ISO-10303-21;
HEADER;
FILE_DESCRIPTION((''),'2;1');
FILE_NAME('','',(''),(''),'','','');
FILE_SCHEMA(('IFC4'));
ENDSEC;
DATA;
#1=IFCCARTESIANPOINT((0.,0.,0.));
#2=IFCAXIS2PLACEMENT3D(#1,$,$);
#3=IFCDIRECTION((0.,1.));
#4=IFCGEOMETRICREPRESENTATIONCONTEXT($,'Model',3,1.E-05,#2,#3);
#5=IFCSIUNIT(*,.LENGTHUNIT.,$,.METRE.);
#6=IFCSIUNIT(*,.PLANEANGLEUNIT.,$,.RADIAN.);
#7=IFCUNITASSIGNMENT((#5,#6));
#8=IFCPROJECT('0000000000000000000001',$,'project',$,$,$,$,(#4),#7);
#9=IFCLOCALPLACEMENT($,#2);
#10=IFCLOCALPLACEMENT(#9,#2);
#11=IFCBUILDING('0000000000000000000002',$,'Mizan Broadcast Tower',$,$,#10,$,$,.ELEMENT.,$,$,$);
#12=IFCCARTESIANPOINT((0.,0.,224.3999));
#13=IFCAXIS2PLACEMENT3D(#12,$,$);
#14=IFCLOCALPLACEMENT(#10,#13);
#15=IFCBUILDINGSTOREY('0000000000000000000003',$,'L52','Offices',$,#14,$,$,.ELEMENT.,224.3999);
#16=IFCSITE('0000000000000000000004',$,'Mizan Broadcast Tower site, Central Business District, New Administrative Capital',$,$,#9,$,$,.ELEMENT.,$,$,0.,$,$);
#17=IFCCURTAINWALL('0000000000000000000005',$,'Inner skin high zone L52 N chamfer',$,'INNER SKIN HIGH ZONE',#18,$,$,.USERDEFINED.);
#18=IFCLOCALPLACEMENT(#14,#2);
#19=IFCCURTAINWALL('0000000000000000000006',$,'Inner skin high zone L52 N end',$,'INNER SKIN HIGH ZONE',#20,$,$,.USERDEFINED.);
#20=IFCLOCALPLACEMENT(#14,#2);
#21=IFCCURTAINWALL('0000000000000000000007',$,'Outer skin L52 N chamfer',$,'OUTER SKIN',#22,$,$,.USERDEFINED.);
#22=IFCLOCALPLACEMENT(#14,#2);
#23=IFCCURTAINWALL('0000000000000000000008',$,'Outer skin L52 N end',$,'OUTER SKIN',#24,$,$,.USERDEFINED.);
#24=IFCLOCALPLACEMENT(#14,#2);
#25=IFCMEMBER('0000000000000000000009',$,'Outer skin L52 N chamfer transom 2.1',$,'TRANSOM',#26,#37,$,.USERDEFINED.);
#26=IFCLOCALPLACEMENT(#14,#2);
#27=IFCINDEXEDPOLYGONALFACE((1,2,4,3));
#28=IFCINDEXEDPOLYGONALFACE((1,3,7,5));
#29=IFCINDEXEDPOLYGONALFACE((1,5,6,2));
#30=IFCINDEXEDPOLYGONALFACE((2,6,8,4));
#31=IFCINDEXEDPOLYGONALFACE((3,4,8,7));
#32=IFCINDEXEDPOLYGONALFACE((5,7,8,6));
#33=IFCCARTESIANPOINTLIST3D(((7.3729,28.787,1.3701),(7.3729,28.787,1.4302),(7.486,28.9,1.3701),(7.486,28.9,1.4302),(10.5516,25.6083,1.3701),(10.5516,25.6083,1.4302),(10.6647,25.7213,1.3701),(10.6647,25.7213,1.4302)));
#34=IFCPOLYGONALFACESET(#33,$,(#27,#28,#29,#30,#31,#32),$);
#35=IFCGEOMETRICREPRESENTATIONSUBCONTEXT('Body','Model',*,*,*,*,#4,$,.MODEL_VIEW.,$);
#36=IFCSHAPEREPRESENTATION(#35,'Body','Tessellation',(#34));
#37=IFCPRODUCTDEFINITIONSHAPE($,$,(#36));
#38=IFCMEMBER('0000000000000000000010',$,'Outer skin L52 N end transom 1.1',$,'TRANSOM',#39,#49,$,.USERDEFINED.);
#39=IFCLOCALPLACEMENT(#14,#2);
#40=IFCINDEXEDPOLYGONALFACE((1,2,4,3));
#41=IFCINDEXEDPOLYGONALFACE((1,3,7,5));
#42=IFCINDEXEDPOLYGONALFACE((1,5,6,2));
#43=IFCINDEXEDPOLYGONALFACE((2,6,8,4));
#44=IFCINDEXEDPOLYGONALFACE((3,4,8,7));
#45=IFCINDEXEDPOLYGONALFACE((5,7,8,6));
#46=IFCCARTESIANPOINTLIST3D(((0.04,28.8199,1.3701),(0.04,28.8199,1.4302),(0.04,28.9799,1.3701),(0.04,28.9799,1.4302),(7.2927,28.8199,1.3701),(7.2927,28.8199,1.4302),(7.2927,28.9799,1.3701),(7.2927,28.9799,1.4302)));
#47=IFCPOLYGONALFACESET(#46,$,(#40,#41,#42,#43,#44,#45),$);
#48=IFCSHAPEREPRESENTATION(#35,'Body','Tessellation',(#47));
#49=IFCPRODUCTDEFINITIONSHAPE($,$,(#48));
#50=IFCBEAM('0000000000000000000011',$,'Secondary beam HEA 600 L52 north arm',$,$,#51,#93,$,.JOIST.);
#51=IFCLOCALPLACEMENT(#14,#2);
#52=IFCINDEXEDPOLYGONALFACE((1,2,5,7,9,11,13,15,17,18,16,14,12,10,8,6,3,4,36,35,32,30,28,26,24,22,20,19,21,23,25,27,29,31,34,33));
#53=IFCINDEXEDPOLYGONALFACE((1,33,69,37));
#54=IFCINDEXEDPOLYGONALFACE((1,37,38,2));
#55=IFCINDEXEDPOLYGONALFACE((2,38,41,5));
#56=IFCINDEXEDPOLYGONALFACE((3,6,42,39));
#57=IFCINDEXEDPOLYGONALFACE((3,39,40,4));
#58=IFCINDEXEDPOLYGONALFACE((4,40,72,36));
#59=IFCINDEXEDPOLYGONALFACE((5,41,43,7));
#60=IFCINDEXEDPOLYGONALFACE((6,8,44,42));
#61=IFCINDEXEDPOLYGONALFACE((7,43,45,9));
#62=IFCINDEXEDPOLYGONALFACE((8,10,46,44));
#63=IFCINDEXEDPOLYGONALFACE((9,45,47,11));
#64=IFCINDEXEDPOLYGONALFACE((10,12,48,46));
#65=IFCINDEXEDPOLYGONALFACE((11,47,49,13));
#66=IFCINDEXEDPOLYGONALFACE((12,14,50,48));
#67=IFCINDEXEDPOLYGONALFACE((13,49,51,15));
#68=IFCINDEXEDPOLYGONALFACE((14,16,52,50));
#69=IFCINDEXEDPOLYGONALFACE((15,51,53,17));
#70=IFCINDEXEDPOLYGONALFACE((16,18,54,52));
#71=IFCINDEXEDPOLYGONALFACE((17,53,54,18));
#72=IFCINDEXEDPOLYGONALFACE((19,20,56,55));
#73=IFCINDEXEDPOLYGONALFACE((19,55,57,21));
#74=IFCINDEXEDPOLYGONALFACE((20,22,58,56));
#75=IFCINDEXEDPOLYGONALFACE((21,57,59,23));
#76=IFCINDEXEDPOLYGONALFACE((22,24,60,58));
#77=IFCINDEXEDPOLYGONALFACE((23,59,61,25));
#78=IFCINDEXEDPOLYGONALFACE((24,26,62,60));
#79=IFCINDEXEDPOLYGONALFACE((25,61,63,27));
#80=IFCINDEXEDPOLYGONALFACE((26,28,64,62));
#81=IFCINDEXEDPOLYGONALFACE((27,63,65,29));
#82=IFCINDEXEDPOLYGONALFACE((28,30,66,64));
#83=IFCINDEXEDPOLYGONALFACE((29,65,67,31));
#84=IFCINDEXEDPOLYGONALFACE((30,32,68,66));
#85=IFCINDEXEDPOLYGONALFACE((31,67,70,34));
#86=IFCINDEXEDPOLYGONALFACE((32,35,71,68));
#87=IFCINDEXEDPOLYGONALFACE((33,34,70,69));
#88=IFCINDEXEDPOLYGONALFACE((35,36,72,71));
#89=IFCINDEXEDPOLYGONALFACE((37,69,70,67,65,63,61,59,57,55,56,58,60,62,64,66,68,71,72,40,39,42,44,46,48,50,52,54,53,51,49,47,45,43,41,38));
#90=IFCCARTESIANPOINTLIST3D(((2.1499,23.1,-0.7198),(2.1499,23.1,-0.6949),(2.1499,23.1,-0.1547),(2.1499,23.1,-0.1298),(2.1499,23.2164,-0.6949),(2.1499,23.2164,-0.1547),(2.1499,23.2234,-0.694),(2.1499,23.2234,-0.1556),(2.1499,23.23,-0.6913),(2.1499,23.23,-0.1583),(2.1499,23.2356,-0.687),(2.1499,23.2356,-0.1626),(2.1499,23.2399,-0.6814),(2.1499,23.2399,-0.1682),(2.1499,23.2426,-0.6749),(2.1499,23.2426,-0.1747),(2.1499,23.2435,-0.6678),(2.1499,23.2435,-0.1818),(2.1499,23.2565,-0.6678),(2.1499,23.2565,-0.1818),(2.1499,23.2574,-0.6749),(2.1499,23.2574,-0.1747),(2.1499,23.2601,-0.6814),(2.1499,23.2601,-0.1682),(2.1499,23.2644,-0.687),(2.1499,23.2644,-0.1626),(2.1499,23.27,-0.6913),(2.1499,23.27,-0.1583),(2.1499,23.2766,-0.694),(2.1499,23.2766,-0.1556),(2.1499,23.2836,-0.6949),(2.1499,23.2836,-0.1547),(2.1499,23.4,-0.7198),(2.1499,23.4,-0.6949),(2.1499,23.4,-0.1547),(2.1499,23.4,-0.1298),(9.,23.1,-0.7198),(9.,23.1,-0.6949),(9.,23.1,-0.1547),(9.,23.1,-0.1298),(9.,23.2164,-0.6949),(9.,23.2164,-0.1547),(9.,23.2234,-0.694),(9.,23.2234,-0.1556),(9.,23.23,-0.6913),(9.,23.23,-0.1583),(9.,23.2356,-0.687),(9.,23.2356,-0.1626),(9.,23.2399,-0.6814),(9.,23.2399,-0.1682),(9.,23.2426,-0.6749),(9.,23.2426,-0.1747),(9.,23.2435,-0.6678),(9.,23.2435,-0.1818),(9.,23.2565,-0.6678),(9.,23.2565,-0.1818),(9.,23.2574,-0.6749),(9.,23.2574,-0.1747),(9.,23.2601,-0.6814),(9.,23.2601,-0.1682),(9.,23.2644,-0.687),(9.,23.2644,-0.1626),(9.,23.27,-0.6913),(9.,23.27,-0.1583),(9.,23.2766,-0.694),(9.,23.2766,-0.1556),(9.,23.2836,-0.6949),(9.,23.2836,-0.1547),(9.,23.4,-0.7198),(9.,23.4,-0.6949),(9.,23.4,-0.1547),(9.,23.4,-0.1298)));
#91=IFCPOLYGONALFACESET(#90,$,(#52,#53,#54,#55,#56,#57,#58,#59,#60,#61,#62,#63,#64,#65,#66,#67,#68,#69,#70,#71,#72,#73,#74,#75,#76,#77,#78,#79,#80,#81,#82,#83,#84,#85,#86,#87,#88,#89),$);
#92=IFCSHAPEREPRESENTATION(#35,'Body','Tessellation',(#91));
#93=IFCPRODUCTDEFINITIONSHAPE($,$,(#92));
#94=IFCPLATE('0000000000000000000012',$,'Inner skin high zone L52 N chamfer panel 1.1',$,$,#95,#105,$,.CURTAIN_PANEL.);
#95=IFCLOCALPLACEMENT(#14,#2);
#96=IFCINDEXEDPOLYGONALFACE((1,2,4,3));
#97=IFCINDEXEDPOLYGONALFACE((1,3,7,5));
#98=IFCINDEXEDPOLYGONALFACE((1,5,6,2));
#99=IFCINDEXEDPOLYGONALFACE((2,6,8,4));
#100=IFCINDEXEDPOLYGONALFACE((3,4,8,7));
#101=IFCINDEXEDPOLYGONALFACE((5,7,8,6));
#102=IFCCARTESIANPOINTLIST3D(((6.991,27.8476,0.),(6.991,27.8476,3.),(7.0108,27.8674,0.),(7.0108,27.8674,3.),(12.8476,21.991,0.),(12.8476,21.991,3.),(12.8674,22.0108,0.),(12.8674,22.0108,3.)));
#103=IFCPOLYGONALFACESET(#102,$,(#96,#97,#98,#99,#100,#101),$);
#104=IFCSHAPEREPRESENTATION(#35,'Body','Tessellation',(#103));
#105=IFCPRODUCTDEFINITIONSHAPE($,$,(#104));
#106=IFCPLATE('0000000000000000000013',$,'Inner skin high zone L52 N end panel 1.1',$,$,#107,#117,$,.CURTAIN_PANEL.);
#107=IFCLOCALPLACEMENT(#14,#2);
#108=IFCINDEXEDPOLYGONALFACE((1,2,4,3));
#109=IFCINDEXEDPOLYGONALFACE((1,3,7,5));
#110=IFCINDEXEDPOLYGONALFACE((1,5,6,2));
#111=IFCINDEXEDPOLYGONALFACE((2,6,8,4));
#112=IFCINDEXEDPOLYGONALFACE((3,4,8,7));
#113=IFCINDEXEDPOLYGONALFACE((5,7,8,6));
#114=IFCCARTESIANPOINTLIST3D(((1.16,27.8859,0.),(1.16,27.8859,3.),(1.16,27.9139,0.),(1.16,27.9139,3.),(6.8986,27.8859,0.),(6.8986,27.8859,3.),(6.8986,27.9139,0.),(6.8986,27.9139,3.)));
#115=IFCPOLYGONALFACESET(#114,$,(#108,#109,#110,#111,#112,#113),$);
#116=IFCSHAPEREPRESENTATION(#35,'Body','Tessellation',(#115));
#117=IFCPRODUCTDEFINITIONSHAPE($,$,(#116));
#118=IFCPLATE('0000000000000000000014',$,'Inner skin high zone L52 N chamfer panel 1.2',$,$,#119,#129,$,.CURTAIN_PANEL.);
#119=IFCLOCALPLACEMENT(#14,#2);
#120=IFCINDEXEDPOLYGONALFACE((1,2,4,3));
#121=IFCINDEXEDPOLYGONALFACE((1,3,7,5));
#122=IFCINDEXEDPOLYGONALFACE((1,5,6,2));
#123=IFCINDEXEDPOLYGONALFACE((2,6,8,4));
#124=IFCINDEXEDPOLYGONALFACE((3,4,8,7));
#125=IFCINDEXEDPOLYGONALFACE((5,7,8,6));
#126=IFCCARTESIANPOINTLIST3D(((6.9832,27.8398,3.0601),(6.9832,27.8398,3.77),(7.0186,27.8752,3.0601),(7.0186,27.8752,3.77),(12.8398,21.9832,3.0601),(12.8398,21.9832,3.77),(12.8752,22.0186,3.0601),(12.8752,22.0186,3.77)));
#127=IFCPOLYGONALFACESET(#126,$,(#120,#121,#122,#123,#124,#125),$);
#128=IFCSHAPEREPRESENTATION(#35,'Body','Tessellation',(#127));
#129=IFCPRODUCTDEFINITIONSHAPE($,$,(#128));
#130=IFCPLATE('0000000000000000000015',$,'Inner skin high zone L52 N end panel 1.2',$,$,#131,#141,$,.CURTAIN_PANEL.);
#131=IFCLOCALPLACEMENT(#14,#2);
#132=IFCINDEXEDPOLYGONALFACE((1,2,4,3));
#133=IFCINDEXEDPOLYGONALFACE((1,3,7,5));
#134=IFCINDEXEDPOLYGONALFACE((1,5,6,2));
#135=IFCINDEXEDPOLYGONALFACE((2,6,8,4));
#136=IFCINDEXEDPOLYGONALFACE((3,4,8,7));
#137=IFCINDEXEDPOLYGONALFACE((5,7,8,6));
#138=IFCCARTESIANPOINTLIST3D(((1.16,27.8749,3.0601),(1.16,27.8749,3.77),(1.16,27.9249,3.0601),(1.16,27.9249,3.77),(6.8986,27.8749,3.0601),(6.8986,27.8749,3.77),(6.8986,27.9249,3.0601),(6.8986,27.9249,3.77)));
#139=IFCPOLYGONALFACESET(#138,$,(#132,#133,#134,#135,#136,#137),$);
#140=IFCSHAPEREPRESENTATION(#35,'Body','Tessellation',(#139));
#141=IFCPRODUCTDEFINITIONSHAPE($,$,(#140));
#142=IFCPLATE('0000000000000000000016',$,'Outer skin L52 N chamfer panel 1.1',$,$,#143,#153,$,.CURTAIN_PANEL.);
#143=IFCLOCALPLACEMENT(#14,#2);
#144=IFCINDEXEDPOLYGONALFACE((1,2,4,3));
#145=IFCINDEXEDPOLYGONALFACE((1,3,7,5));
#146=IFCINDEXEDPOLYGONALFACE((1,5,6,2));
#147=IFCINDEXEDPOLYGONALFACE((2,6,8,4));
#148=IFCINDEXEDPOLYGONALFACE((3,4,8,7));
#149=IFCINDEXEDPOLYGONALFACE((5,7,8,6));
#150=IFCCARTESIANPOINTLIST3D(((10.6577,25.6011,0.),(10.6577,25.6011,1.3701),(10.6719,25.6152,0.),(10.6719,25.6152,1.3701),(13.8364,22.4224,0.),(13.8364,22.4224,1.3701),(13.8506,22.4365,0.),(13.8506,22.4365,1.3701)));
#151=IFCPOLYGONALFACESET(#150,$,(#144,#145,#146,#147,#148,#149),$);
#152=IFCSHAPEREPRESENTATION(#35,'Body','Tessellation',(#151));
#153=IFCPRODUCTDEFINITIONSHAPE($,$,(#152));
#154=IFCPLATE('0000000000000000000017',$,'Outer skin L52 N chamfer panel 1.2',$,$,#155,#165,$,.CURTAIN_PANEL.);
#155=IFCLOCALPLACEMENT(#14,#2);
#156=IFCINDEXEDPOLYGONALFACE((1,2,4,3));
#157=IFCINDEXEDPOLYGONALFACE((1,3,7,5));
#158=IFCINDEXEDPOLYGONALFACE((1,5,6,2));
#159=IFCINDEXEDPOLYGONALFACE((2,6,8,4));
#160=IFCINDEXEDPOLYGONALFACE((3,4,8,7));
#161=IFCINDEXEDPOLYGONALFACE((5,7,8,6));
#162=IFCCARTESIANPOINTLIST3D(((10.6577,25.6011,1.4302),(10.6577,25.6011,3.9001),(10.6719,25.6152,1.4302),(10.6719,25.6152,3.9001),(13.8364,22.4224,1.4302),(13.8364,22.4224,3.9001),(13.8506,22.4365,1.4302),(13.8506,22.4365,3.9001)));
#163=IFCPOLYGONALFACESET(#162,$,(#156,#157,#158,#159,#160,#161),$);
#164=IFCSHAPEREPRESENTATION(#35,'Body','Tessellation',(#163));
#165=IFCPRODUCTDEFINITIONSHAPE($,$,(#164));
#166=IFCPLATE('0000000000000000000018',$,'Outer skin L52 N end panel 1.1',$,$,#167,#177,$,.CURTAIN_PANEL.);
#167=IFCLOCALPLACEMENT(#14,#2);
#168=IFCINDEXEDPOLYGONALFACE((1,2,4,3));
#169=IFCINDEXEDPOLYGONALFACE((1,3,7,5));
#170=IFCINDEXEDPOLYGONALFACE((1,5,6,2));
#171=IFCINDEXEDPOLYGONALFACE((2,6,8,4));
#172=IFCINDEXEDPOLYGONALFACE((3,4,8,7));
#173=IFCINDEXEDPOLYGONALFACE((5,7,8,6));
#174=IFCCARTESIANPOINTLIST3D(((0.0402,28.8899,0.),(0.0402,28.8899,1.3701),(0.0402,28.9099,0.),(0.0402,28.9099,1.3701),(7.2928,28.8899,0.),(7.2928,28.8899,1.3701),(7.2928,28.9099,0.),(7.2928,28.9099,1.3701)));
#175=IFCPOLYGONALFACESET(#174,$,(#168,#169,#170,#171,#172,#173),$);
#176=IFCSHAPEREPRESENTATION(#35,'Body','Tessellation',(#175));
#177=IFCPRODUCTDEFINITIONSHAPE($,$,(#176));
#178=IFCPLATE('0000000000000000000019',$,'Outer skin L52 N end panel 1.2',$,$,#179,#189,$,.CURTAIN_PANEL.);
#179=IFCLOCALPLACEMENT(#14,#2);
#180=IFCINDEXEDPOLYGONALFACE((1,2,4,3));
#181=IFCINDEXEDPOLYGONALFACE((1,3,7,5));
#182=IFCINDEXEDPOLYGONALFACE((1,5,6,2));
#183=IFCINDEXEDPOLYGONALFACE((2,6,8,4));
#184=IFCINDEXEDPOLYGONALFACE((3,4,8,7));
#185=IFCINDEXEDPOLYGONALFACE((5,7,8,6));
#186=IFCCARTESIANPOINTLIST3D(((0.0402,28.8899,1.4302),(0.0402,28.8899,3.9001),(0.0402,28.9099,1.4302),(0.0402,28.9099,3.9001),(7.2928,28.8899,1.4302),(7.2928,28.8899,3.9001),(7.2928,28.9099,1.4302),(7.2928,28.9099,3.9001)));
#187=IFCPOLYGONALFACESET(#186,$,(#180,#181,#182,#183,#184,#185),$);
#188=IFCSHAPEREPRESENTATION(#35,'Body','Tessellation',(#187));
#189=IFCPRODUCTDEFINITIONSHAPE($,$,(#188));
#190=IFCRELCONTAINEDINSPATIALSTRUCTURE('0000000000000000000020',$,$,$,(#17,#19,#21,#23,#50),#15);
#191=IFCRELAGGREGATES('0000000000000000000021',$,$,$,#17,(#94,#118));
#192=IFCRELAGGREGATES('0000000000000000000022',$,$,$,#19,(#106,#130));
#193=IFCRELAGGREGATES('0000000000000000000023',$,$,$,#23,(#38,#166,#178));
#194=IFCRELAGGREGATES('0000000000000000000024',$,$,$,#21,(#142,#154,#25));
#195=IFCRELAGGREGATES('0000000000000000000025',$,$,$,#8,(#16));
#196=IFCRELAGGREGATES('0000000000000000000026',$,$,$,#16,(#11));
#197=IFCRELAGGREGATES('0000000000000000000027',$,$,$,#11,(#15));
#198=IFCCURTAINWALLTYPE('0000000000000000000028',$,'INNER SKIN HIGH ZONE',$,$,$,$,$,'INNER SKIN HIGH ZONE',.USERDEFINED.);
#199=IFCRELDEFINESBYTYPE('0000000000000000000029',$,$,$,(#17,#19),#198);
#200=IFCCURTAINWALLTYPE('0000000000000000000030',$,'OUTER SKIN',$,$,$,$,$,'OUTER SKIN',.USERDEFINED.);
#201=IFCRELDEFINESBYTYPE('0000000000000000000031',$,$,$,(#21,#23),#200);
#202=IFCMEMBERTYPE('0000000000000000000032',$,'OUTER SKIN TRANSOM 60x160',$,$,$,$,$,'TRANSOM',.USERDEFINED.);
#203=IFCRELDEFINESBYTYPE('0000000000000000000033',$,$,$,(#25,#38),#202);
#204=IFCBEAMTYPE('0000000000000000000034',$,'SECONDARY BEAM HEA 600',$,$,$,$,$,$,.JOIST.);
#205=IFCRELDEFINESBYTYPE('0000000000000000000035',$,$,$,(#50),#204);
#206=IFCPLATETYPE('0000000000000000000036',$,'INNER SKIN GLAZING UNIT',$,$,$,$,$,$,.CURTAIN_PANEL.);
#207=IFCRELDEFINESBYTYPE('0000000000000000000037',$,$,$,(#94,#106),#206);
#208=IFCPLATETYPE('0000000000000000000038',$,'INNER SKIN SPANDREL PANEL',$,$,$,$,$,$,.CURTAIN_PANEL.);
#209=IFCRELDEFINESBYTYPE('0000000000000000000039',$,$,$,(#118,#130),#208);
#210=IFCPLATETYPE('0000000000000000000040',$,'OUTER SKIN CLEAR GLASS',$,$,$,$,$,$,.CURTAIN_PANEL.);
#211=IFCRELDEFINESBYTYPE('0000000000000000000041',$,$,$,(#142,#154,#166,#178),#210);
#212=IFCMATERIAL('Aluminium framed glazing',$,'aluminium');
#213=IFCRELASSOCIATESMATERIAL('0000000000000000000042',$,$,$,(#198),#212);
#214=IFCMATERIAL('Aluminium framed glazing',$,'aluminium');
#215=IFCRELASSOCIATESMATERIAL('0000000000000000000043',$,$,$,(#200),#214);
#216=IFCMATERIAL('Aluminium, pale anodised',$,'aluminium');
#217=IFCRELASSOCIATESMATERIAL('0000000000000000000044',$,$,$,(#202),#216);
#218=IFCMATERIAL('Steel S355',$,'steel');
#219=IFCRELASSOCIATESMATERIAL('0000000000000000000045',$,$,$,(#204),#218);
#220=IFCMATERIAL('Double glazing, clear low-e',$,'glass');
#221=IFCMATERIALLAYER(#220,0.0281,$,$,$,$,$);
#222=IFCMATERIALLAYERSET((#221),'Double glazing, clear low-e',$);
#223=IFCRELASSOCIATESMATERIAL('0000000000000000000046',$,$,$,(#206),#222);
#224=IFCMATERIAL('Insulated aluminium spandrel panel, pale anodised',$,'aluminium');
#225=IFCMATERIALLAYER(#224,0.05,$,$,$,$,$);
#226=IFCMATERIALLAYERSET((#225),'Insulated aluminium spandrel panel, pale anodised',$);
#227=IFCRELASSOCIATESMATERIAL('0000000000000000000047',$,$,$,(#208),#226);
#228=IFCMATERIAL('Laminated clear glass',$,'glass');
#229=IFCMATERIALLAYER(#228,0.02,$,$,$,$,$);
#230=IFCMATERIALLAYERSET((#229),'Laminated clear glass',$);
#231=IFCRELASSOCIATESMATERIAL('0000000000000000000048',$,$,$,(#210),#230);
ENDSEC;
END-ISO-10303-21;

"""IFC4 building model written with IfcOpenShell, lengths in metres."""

from ifc_helpers import new_model, si_unit, direction, frame, origin, origin_2d, place, context, subcontext, project, spatial, rectangle, i_section, extrude, material, layer, layer_set, material_profile, profile_set, type_object, element, aggregate, save


model = new_model("IFC4")

# Units and contexts
model_context = context("Model", 3, precision=1e-05, world=origin(), true_north=direction((0.0, 1.0)))
body_context = subcontext(model_context, "Body", "Model", "MODEL_VIEW")
ifc_project = project(units=[si_unit("LENGTHUNIT", "METRE"), si_unit("PLANEANGLEUNIT", "RADIAN")], contexts=[model_context])

# Site, building, storey
site_placement = place(None, origin())
site = spatial("IfcSite", under=ifc_project, at=site_placement, Name="Mizan Broadcast Tower site, Central Business District, New Administrative Capital", CompositionType="ELEMENT", RefElevation=0.0)
building_placement = place(site_placement, origin())
building = spatial("IfcBuilding", under=site, at=building_placement, Name="Mizan Broadcast Tower", CompositionType="ELEMENT")
storey_placement = place(building_placement, frame((0.0, 0.0, 224.3999)))
storey = spatial("IfcBuildingStorey", under=building, at=storey_placement, Name="L52", Description="Offices", CompositionType="ELEMENT", Elevation=224.3999)

# Curtain walls
ifc_material_1 = material(Name="Aluminium framed glazing", Category="aluminium")
curtain_wall_type_1 = type_object("IfcCurtainWallType", Name="INNER SKIN HIGH ZONE", ElementType="INNER SKIN HIGH ZONE", PredefinedType="USERDEFINED", material=ifc_material_1)
curtain_wall_1_placement = place(storey_placement, origin())
curtain_wall_1 = element("IfcCurtainWall", 1, at=curtain_wall_1_placement, inside=storey, type_object=curtain_wall_type_1, Name="Inner skin high zone L52 N chamfer", ObjectType="INNER SKIN HIGH ZONE", PredefinedType="USERDEFINED")
curtain_wall_2_placement = place(storey_placement, origin())
curtain_wall_2 = element("IfcCurtainWall", 2, at=curtain_wall_2_placement, inside=storey, type_object=curtain_wall_type_1, Name="Inner skin high zone L52 N end", ObjectType="INNER SKIN HIGH ZONE", PredefinedType="USERDEFINED")

# Curtain wall
ifc_material_2 = material(Name="Aluminium framed glazing", Category="aluminium")
curtain_wall_type_2 = type_object("IfcCurtainWallType", Name="OUTER SKIN", ElementType="OUTER SKIN", PredefinedType="USERDEFINED", material=ifc_material_2)
curtain_wall_3_placement = place(storey_placement, origin())
curtain_wall_3 = element("IfcCurtainWall", 3, at=curtain_wall_3_placement, inside=storey, type_object=curtain_wall_type_2, Name="Outer skin L52 N chamfer", ObjectType="OUTER SKIN", PredefinedType="USERDEFINED")

# Curtain wall
curtain_wall_4_placement = place(storey_placement, origin())
curtain_wall_4 = element("IfcCurtainWall", 4, at=curtain_wall_4_placement, inside=storey, type_object=curtain_wall_type_2, Name="Outer skin L52 N end", ObjectType="OUTER SKIN", PredefinedType="USERDEFINED")

# Members
ifc_material_3 = material(Name="Aluminium, pale anodised", Category="aluminium")
ifc_material_profile_1 = material_profile(ifc_material_3, rectangle(XDim=0.1599, YDim=0.0601, at=origin_2d()), Name="TRANSOM 160x60")
ifc_profile_set_1 = profile_set([ifc_material_profile_1], Name="Aluminium, pale anodised")
member_type_1 = type_object("IfcMemberType", Name="OUTER SKIN TRANSOM 60x160", ElementType="TRANSOM", PredefinedType="USERDEFINED", material=ifc_profile_set_1)
member_1_placement = place(storey_placement, frame((10.6082, 25.6648, 1.4001), z_axis=(-0.707107, 0.707107, 0.0), x_axis=(-0.707107, -0.707107, 0.0)))
member_1 = element("IfcMember", 5, at=member_1_placement, type_object=member_type_1, Name="Outer skin L52 N chamfer transom 2.1", ObjectType="TRANSOM", PredefinedType="USERDEFINED", context=body_context, shape_type="SweptSolid", body=[
    extrude(rectangle(XDim=0.1599, YDim=0.0601, at=origin_2d()), origin(), (0.0, 0.0, 1.0), 4.4954),
])
member_2_placement = place(storey_placement, frame((7.2927, 28.8999, 1.4001), z_axis=(-1.0, 0.0, 0.0), x_axis=(0.0, -1.0, 0.0)))
member_2 = element("IfcMember", 6, at=member_2_placement, type_object=member_type_1, Name="Outer skin L52 N end transom 1.1", ObjectType="TRANSOM", PredefinedType="USERDEFINED", context=body_context, shape_type="SweptSolid", body=[
    extrude(rectangle(XDim=0.1599, YDim=0.0601, at=origin_2d()), origin(), (0.0, 0.0, 1.0), 7.2527),
])

# Beam
ifc_material_4 = material(Name="Steel S355", Category="steel")
ifc_material_profile_2 = material_profile(ifc_material_4, i_section(OverallWidth=0.3, OverallDepth=0.5901, WebThickness=0.0129, FlangeThickness=0.0249, FilletRadius=0.0271, at=origin_2d()), Name="HEA 600")
ifc_profile_set_2 = profile_set([ifc_material_profile_2], Name="Steel S355")
beam_type_1 = type_object("IfcBeamType", Name="SECONDARY BEAM HEA 600", PredefinedType="JOIST", material=ifc_profile_set_2)
beam_1_placement = place(storey_placement, frame((9.0, 23.25, -0.4248), z_axis=(-1.0, 0.0, 0.0), x_axis=(0.0, -1.0, 0.0)))
element("IfcBeam", 7, at=beam_1_placement, inside=storey, type_object=beam_type_1, Name="Secondary beam HEA 600 L52 north arm", PredefinedType="JOIST", context=body_context, shape_type="SweptSolid", body=[
    extrude(i_section(OverallWidth=0.3, OverallDepth=0.5901, WebThickness=0.0129, FlangeThickness=0.0249, FilletRadius=0.0271, at=origin_2d()), origin(), (0.0, 0.0, 1.0), 6.8501),
])

# Plates
ifc_material_5 = material(Name="Double glazing, clear low-e", Category="glass")
ifc_layer_1 = layer(ifc_material_5, 0.0281)
ifc_layer_set_1 = layer_set([ifc_layer_1], Name="Double glazing, clear low-e")
plate_type_1 = type_object("IfcPlateType", Name="INNER SKIN GLAZING UNIT", PredefinedType="CURTAIN_PANEL", material=ifc_layer_set_1)
plate_1_placement = place(storey_placement, frame((9.9292, 24.9292, 0.0), z_axis=(0.0, 0.0, 1.0), x_axis=(-0.707107, 0.707107, 0.0)))
plate_1 = element("IfcPlate", 8, at=plate_1_placement, type_object=plate_type_1, Name="Inner skin high zone L52 N chamfer panel 1.1", PredefinedType="CURTAIN_PANEL", context=body_context, shape_type="SweptSolid", body=[
    extrude(rectangle(XDim=8.2825, YDim=0.0281, at=origin_2d()), origin(), (0.0, 0.0, 1.0), 3.0),
])
plate_2_placement = place(storey_placement, frame((4.0293, 27.8999, 0.0), z_axis=(0.0, 0.0, 1.0), x_axis=(-1.0, 0.0, 0.0)))
plate_2 = element("IfcPlate", 9, at=plate_2_placement, type_object=plate_type_1, Name="Inner skin high zone L52 N end panel 1.1", PredefinedType="CURTAIN_PANEL", context=body_context, shape_type="SweptSolid", body=[
    extrude(rectangle(XDim=5.7385, YDim=0.0281, at=origin_2d()), origin(), (0.0, 0.0, 1.0), 3.0),
])
ifc_material_6 = material(Name="Insulated aluminium spandrel panel, pale anodised", Category="aluminium")
ifc_layer_2 = layer(ifc_material_6, 0.05)
ifc_layer_set_2 = layer_set([ifc_layer_2], Name="Insulated aluminium spandrel panel, pale anodised")
plate_type_2 = type_object("IfcPlateType", Name="INNER SKIN SPANDREL PANEL", PredefinedType="CURTAIN_PANEL", material=ifc_layer_set_2)
plate_3_placement = place(storey_placement, frame((9.9292, 24.9292, 3.0601), z_axis=(0.0, 0.0, 1.0), x_axis=(-0.707107, 0.707107, 0.0)))
plate_3 = element("IfcPlate", 10, at=plate_3_placement, type_object=plate_type_2, Name="Inner skin high zone L52 N chamfer panel 1.2", PredefinedType="CURTAIN_PANEL", context=body_context, shape_type="SweptSolid", body=[
    extrude(rectangle(XDim=8.2825, YDim=0.05, at=origin_2d()), origin(), (0.0, 0.0, 1.0), 0.71),
])
aggregate(curtain_wall_1, [plate_1, plate_3])
plate_4_placement = place(storey_placement, frame((4.0293, 27.8999, 3.0601), z_axis=(0.0, 0.0, 1.0), x_axis=(-1.0, 0.0, 0.0)))
plate_4 = element("IfcPlate", 11, at=plate_4_placement, type_object=plate_type_2, Name="Inner skin high zone L52 N end panel 1.2", PredefinedType="CURTAIN_PANEL", context=body_context, shape_type="SweptSolid", body=[
    extrude(rectangle(XDim=5.7385, YDim=0.05, at=origin_2d()), origin(), (0.0, 0.0, 1.0), 0.71),
])
aggregate(curtain_wall_2, [plate_2, plate_4])
ifc_material_7 = material(Name="Laminated clear glass", Category="glass")
ifc_layer_3 = layer(ifc_material_7, 0.02)
ifc_layer_set_3 = layer_set([ifc_layer_3], Name="Laminated clear glass")
plate_type_3 = type_object("IfcPlateType", Name="OUTER SKIN CLEAR GLASS", PredefinedType="CURTAIN_PANEL", material=ifc_layer_set_3)
plate_5_placement = place(storey_placement, frame((12.2542, 24.0188, 0.0), z_axis=(0.0, 0.0, 1.0), x_axis=(-0.707107, 0.707107, 0.0)))
plate_5 = element("IfcPlate", 12, at=plate_5_placement, type_object=plate_type_3, Name="Outer skin L52 N chamfer panel 1.1", PredefinedType="CURTAIN_PANEL", context=body_context, shape_type="SweptSolid", body=[
    extrude(rectangle(XDim=4.4954, YDim=0.02, at=origin_2d()), origin(), (0.0, 0.0, 1.0), 1.3701),
])
plate_6_placement = place(storey_placement, frame((12.2542, 24.0188, 1.4302), z_axis=(0.0, 0.0, 1.0), x_axis=(-0.707107, 0.707107, 0.0)))
plate_6 = element("IfcPlate", 13, at=plate_6_placement, type_object=plate_type_3, Name="Outer skin L52 N chamfer panel 1.2", PredefinedType="CURTAIN_PANEL", context=body_context, shape_type="SweptSolid", body=[
    extrude(rectangle(XDim=4.4954, YDim=0.02, at=origin_2d()), origin(), (0.0, 0.0, 1.0), 2.47),
])
plate_7_placement = place(storey_placement, frame((3.6665, 28.8999, 0.0), z_axis=(0.0, 0.0, 1.0), x_axis=(-1.0, 0.0, 0.0)))
plate_7 = element("IfcPlate", 14, at=plate_7_placement, type_object=plate_type_3, Name="Outer skin L52 N end panel 1.1", PredefinedType="CURTAIN_PANEL", context=body_context, shape_type="SweptSolid", body=[
    extrude(rectangle(XDim=7.2527, YDim=0.02, at=origin_2d()), origin(), (0.0, 0.0, 1.0), 1.3701),
])
plate_8_placement = place(storey_placement, frame((3.6665, 28.8999, 1.4302), z_axis=(0.0, 0.0, 1.0), x_axis=(-1.0, 0.0, 0.0)))
plate_8 = element("IfcPlate", 15, at=plate_8_placement, type_object=plate_type_3, Name="Outer skin L52 N end panel 1.2", PredefinedType="CURTAIN_PANEL", context=body_context, shape_type="SweptSolid", body=[
    extrude(rectangle(XDim=7.2527, YDim=0.02, at=origin_2d()), origin(), (0.0, 0.0, 1.0), 2.47),
])
aggregate(curtain_wall_4, [member_2, plate_7, plate_8])
aggregate(curtain_wall_3, [plate_5, plate_6, member_1])

save(model, "model.ifc")
